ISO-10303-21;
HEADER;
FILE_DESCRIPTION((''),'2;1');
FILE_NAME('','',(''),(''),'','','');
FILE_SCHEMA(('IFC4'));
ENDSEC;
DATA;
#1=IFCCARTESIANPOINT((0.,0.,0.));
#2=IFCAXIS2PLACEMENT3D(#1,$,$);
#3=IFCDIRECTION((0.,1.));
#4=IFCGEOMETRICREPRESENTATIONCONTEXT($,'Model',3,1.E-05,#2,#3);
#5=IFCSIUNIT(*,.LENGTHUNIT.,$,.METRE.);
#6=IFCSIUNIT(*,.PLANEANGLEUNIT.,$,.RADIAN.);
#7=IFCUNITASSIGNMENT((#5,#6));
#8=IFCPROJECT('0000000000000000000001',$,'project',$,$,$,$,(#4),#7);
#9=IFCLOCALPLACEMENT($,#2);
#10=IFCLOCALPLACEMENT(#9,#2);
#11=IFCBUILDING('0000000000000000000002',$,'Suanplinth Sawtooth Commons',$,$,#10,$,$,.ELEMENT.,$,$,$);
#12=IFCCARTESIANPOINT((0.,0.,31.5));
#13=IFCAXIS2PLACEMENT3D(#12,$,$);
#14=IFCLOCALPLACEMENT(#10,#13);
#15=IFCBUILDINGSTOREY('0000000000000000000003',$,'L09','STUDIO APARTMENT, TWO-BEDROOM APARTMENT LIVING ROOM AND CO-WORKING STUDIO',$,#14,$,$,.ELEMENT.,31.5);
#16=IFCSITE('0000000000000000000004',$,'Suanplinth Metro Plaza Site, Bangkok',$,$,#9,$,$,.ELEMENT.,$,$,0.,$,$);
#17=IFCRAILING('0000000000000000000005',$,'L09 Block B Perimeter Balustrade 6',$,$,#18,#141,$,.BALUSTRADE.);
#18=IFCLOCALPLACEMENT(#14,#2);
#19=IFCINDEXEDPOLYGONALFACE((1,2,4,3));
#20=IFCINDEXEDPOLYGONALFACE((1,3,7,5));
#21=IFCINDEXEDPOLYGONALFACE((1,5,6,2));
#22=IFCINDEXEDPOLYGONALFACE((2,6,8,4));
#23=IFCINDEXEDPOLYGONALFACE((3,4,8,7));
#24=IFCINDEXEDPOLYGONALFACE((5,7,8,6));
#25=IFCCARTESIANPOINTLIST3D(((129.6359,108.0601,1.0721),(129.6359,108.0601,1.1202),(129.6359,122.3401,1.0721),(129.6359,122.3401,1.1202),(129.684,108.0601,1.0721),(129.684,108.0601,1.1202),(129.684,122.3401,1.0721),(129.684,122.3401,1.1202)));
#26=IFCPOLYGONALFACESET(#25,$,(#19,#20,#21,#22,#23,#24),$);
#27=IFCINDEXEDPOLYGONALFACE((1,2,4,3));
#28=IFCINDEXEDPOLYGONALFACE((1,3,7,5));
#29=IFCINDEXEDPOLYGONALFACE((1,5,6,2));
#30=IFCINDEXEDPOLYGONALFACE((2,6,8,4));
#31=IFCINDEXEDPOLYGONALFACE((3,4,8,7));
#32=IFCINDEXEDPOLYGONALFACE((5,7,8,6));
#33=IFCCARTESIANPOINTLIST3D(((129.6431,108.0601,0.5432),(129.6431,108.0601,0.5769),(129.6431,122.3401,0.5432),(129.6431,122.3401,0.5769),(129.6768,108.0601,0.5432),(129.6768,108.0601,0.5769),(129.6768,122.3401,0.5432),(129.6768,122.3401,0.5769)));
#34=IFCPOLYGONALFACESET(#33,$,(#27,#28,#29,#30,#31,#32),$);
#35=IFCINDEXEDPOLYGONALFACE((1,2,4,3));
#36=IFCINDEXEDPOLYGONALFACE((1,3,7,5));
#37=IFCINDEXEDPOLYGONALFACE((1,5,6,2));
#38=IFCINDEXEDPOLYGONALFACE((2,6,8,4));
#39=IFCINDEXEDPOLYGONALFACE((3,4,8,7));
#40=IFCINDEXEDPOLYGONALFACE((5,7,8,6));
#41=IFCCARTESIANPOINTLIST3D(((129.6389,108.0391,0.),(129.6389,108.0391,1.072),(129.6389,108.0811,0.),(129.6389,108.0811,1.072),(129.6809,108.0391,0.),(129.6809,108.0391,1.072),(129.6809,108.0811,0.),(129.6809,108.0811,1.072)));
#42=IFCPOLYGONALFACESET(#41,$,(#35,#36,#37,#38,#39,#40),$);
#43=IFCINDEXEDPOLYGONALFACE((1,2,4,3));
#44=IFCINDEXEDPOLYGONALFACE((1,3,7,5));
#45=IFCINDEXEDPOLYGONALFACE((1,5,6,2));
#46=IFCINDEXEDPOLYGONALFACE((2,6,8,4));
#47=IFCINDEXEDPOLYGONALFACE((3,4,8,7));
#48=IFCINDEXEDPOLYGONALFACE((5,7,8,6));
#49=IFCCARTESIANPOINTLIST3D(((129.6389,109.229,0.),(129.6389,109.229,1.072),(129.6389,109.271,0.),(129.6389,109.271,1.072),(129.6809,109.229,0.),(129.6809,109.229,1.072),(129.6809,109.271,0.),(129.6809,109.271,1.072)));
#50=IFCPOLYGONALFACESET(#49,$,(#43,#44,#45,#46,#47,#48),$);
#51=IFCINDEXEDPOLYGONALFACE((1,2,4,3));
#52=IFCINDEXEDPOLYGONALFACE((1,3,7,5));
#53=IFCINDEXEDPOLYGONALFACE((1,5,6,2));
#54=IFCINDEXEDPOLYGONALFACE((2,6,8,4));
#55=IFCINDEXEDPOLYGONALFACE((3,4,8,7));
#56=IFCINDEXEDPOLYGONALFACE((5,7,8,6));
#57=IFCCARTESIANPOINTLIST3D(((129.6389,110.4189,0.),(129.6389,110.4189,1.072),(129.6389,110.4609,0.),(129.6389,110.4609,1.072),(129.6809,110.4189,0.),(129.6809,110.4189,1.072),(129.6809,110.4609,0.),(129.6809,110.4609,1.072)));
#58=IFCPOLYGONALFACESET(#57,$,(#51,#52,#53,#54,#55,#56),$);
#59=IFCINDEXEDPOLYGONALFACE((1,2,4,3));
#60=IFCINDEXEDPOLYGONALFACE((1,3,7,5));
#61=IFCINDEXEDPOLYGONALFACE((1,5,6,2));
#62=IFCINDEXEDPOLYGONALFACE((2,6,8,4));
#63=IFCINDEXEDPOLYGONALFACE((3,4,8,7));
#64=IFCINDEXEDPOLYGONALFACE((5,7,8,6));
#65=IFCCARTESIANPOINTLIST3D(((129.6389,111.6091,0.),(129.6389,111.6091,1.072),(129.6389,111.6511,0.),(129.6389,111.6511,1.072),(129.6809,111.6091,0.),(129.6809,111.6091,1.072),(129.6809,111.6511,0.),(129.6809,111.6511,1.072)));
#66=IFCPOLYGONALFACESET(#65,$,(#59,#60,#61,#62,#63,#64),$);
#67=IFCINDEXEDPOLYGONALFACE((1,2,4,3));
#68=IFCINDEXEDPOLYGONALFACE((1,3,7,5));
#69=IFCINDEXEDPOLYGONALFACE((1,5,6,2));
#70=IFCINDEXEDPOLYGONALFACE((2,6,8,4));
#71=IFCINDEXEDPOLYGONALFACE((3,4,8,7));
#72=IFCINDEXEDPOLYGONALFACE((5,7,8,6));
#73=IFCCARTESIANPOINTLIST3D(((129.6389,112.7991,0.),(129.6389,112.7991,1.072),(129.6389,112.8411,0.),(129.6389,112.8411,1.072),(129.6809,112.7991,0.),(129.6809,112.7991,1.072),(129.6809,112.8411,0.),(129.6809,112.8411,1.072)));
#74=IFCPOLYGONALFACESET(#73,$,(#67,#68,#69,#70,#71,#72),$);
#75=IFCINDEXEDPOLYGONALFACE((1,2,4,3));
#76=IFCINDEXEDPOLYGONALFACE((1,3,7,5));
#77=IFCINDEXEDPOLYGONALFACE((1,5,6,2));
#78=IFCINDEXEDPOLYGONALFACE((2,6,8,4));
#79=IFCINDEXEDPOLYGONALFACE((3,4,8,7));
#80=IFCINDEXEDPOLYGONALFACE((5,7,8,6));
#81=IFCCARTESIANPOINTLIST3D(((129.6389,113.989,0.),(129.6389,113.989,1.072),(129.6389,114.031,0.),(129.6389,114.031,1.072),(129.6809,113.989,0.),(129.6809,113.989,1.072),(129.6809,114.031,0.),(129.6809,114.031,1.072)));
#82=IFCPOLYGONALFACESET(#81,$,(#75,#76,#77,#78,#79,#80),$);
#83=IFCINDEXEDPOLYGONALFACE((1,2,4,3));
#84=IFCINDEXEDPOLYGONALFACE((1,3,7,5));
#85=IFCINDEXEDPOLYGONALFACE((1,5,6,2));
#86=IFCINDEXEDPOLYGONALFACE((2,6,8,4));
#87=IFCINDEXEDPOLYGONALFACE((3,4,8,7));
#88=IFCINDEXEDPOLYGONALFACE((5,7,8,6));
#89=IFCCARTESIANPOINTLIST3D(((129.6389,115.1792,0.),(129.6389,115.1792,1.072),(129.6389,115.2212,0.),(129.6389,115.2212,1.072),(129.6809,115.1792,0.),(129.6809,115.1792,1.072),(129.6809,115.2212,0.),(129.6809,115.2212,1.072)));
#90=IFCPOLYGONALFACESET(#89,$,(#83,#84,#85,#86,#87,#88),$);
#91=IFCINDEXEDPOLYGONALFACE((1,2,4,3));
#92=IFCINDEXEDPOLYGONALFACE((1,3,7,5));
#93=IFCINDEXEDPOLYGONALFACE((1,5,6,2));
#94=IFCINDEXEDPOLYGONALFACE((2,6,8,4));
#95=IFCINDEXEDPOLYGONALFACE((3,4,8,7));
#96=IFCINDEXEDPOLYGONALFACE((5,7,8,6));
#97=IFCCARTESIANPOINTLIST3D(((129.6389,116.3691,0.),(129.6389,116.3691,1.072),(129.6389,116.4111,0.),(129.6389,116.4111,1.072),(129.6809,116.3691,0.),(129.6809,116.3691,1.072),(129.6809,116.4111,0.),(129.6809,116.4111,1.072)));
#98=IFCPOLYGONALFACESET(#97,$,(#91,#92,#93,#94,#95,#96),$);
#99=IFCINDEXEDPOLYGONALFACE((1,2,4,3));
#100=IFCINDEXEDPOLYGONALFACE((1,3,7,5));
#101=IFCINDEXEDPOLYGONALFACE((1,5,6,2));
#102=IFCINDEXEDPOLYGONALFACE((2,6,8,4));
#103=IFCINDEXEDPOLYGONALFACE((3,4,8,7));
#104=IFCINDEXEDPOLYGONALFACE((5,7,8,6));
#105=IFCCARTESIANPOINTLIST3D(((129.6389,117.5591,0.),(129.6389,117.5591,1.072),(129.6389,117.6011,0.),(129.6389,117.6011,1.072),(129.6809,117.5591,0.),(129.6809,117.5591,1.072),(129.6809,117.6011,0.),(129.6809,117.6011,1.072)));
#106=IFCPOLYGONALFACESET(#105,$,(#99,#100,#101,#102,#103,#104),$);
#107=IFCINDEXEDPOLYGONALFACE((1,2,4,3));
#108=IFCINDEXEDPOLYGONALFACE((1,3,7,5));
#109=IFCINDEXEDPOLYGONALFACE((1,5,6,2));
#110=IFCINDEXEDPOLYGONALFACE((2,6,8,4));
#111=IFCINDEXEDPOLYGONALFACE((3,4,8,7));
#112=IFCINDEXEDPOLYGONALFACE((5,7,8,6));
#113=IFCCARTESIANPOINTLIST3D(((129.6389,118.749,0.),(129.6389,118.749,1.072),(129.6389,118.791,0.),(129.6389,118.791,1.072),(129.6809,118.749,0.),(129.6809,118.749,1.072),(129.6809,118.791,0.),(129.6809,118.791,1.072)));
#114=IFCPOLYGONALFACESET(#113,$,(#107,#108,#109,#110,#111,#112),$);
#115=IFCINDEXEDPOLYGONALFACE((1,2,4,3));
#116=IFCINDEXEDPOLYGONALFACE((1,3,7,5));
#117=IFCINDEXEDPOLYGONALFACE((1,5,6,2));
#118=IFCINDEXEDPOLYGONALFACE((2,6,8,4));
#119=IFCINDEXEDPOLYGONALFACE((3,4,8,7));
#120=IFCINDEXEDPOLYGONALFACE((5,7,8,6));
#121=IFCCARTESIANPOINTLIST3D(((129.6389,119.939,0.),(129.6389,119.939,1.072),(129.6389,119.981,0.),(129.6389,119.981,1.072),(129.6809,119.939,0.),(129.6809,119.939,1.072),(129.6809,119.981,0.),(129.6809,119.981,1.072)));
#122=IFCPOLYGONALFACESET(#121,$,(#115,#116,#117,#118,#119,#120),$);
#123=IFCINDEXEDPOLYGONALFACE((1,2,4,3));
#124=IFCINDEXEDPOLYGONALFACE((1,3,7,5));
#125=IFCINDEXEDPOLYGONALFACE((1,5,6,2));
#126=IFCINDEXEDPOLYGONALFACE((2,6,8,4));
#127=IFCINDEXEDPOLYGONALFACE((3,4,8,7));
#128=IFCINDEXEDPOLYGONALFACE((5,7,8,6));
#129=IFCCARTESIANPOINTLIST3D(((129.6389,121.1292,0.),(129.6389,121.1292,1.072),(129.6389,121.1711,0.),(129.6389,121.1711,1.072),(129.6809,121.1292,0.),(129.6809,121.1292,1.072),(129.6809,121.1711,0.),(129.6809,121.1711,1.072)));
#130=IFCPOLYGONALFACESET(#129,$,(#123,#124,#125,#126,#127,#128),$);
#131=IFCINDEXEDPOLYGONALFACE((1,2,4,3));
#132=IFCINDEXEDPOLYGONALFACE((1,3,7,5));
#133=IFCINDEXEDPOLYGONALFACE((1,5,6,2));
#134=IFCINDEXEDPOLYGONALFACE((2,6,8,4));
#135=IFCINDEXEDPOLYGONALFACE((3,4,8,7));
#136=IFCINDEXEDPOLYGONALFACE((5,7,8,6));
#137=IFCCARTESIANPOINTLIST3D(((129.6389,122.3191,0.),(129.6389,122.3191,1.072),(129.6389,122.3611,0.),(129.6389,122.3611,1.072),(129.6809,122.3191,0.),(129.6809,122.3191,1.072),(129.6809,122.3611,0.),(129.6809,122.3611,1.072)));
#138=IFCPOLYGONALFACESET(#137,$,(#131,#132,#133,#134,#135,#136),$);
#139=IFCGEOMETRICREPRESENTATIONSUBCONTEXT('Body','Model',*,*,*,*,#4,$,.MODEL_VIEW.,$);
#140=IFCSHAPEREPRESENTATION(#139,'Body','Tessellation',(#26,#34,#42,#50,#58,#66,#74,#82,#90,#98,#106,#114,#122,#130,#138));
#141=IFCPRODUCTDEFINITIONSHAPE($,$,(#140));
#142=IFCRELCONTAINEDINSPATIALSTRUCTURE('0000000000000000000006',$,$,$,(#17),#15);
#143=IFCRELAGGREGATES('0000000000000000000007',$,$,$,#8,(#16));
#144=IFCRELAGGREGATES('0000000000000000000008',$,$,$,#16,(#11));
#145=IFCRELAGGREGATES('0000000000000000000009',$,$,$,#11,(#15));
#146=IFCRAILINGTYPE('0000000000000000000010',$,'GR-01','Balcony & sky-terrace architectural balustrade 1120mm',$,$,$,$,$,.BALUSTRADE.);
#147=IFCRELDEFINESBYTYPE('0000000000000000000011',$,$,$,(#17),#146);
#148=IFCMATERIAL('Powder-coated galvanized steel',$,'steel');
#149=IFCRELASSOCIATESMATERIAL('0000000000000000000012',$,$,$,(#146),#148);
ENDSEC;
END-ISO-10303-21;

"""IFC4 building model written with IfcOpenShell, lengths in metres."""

from ifc_helpers import new_model, si_unit, direction, frame, origin, origin_2d, place, context, subcontext, project, spatial, rectangle, extrude, material, type_object, element, save


model = new_model("IFC4")

# Units and contexts
model_context = context("Model", 3, precision=1e-05, world=origin(), true_north=direction((0.0, 1.0)))
body_context = subcontext(model_context, "Body", "Model", "MODEL_VIEW")
ifc_project = project(units=[si_unit("LENGTHUNIT", "METRE"), si_unit("PLANEANGLEUNIT", "RADIAN")], contexts=[model_context])

# Site, building, storey
site_placement = place(None, origin())
site = spatial("IfcSite", under=ifc_project, at=site_placement, Name="Suanplinth Metro Plaza Site, Bangkok", CompositionType="ELEMENT", RefElevation=0.0)
building_placement = place(site_placement, origin())
building = spatial("IfcBuilding", under=site, at=building_placement, Name="Suanplinth Sawtooth Commons", CompositionType="ELEMENT")
storey_placement = place(building_placement, frame((0.0, 0.0, 31.5)))
storey = spatial("IfcBuildingStorey", under=building, at=storey_placement, Name="L09", Description="STUDIO APARTMENT, TWO-BEDROOM APARTMENT LIVING ROOM AND CO-WORKING STUDIO", CompositionType="ELEMENT", Elevation=31.5)

# Railing
ifc_material_1 = material(Name="Powder-coated galvanized steel", Category="steel")
railing_type = type_object("IfcRailingType", Name="GR-01", Description="Balcony & sky-terrace architectural balustrade 1120mm", PredefinedType="BALUSTRADE", material=ifc_material_1)
railing_1_placement = place(storey_placement, frame((129.6599, 108.0601, 0.0)))
element("IfcRailing", 1, at=railing_1_placement, inside=storey, type_object=railing_type, Name="L09 Block B Perimeter Balustrade 6", PredefinedType="BALUSTRADE", context=body_context, shape_type="SweptSolid", body=[
    extrude(rectangle(XDim=0.0481, YDim=0.0481, at=origin_2d()), frame((0.0, 0.0, 1.0962), z_axis=(0.0, 1.0, 0.0), x_axis=(-1.0, 0.0, 0.0)), (0.0, 0.0, 1.0), 14.28),
    extrude(rectangle(XDim=0.0337, YDim=0.0337, at=origin_2d()), frame((0.0, 0.0, 0.5601), z_axis=(0.0, 1.0, 0.0), x_axis=(-1.0, 0.0, 0.0)), (0.0, 0.0, 1.0), 14.28),
    extrude(rectangle(XDim=0.042, YDim=0.042, at=origin_2d()), origin(), (0.0, 0.0, 1.0), 1.072),
    extrude(rectangle(XDim=0.042, YDim=0.042, at=origin_2d()), frame((0.0, 1.1899, 0.0)), (0.0, 0.0, 1.0), 1.072),
    extrude(rectangle(XDim=0.042, YDim=0.042, at=origin_2d()), frame((0.0, 2.3799, 0.0)), (0.0, 0.0, 1.0), 1.072),
    extrude(rectangle(XDim=0.042, YDim=0.042, at=origin_2d()), frame((0.0, 3.5701, 0.0)), (0.0, 0.0, 1.0), 1.072),
    extrude(rectangle(XDim=0.042, YDim=0.042, at=origin_2d()), frame((0.0, 4.76, 0.0)), (0.0, 0.0, 1.0), 1.072),
    extrude(rectangle(XDim=0.042, YDim=0.042, at=origin_2d()), frame((0.0, 5.95, 0.0)), (0.0, 0.0, 1.0), 1.072),
    extrude(rectangle(XDim=0.042, YDim=0.042, at=origin_2d()), frame((0.0, 7.1401, 0.0)), (0.0, 0.0, 1.0), 1.072),
    extrude(rectangle(XDim=0.042, YDim=0.042, at=origin_2d()), frame((0.0, 8.3301, 0.0)), (0.0, 0.0, 1.0), 1.072),
    extrude(rectangle(XDim=0.042, YDim=0.042, at=origin_2d()), frame((0.0, 9.52, 0.0)), (0.0, 0.0, 1.0), 1.072),
    extrude(rectangle(XDim=0.042, YDim=0.042, at=origin_2d()), frame((0.0, 10.71, 0.0)), (0.0, 0.0, 1.0), 1.072),
    extrude(rectangle(XDim=0.042, YDim=0.042, at=origin_2d()), frame((0.0, 11.8999, 0.0)), (0.0, 0.0, 1.0), 1.072),
    extrude(rectangle(XDim=0.042, YDim=0.042, at=origin_2d()), frame((0.0, 13.0901, 0.0)), (0.0, 0.0, 1.0), 1.072),
    extrude(rectangle(XDim=0.042, YDim=0.042, at=origin_2d()), frame((0.0, 14.28, 0.0)), (0.0, 0.0, 1.0), 1.072),
])

save(model, "model.ifc")
